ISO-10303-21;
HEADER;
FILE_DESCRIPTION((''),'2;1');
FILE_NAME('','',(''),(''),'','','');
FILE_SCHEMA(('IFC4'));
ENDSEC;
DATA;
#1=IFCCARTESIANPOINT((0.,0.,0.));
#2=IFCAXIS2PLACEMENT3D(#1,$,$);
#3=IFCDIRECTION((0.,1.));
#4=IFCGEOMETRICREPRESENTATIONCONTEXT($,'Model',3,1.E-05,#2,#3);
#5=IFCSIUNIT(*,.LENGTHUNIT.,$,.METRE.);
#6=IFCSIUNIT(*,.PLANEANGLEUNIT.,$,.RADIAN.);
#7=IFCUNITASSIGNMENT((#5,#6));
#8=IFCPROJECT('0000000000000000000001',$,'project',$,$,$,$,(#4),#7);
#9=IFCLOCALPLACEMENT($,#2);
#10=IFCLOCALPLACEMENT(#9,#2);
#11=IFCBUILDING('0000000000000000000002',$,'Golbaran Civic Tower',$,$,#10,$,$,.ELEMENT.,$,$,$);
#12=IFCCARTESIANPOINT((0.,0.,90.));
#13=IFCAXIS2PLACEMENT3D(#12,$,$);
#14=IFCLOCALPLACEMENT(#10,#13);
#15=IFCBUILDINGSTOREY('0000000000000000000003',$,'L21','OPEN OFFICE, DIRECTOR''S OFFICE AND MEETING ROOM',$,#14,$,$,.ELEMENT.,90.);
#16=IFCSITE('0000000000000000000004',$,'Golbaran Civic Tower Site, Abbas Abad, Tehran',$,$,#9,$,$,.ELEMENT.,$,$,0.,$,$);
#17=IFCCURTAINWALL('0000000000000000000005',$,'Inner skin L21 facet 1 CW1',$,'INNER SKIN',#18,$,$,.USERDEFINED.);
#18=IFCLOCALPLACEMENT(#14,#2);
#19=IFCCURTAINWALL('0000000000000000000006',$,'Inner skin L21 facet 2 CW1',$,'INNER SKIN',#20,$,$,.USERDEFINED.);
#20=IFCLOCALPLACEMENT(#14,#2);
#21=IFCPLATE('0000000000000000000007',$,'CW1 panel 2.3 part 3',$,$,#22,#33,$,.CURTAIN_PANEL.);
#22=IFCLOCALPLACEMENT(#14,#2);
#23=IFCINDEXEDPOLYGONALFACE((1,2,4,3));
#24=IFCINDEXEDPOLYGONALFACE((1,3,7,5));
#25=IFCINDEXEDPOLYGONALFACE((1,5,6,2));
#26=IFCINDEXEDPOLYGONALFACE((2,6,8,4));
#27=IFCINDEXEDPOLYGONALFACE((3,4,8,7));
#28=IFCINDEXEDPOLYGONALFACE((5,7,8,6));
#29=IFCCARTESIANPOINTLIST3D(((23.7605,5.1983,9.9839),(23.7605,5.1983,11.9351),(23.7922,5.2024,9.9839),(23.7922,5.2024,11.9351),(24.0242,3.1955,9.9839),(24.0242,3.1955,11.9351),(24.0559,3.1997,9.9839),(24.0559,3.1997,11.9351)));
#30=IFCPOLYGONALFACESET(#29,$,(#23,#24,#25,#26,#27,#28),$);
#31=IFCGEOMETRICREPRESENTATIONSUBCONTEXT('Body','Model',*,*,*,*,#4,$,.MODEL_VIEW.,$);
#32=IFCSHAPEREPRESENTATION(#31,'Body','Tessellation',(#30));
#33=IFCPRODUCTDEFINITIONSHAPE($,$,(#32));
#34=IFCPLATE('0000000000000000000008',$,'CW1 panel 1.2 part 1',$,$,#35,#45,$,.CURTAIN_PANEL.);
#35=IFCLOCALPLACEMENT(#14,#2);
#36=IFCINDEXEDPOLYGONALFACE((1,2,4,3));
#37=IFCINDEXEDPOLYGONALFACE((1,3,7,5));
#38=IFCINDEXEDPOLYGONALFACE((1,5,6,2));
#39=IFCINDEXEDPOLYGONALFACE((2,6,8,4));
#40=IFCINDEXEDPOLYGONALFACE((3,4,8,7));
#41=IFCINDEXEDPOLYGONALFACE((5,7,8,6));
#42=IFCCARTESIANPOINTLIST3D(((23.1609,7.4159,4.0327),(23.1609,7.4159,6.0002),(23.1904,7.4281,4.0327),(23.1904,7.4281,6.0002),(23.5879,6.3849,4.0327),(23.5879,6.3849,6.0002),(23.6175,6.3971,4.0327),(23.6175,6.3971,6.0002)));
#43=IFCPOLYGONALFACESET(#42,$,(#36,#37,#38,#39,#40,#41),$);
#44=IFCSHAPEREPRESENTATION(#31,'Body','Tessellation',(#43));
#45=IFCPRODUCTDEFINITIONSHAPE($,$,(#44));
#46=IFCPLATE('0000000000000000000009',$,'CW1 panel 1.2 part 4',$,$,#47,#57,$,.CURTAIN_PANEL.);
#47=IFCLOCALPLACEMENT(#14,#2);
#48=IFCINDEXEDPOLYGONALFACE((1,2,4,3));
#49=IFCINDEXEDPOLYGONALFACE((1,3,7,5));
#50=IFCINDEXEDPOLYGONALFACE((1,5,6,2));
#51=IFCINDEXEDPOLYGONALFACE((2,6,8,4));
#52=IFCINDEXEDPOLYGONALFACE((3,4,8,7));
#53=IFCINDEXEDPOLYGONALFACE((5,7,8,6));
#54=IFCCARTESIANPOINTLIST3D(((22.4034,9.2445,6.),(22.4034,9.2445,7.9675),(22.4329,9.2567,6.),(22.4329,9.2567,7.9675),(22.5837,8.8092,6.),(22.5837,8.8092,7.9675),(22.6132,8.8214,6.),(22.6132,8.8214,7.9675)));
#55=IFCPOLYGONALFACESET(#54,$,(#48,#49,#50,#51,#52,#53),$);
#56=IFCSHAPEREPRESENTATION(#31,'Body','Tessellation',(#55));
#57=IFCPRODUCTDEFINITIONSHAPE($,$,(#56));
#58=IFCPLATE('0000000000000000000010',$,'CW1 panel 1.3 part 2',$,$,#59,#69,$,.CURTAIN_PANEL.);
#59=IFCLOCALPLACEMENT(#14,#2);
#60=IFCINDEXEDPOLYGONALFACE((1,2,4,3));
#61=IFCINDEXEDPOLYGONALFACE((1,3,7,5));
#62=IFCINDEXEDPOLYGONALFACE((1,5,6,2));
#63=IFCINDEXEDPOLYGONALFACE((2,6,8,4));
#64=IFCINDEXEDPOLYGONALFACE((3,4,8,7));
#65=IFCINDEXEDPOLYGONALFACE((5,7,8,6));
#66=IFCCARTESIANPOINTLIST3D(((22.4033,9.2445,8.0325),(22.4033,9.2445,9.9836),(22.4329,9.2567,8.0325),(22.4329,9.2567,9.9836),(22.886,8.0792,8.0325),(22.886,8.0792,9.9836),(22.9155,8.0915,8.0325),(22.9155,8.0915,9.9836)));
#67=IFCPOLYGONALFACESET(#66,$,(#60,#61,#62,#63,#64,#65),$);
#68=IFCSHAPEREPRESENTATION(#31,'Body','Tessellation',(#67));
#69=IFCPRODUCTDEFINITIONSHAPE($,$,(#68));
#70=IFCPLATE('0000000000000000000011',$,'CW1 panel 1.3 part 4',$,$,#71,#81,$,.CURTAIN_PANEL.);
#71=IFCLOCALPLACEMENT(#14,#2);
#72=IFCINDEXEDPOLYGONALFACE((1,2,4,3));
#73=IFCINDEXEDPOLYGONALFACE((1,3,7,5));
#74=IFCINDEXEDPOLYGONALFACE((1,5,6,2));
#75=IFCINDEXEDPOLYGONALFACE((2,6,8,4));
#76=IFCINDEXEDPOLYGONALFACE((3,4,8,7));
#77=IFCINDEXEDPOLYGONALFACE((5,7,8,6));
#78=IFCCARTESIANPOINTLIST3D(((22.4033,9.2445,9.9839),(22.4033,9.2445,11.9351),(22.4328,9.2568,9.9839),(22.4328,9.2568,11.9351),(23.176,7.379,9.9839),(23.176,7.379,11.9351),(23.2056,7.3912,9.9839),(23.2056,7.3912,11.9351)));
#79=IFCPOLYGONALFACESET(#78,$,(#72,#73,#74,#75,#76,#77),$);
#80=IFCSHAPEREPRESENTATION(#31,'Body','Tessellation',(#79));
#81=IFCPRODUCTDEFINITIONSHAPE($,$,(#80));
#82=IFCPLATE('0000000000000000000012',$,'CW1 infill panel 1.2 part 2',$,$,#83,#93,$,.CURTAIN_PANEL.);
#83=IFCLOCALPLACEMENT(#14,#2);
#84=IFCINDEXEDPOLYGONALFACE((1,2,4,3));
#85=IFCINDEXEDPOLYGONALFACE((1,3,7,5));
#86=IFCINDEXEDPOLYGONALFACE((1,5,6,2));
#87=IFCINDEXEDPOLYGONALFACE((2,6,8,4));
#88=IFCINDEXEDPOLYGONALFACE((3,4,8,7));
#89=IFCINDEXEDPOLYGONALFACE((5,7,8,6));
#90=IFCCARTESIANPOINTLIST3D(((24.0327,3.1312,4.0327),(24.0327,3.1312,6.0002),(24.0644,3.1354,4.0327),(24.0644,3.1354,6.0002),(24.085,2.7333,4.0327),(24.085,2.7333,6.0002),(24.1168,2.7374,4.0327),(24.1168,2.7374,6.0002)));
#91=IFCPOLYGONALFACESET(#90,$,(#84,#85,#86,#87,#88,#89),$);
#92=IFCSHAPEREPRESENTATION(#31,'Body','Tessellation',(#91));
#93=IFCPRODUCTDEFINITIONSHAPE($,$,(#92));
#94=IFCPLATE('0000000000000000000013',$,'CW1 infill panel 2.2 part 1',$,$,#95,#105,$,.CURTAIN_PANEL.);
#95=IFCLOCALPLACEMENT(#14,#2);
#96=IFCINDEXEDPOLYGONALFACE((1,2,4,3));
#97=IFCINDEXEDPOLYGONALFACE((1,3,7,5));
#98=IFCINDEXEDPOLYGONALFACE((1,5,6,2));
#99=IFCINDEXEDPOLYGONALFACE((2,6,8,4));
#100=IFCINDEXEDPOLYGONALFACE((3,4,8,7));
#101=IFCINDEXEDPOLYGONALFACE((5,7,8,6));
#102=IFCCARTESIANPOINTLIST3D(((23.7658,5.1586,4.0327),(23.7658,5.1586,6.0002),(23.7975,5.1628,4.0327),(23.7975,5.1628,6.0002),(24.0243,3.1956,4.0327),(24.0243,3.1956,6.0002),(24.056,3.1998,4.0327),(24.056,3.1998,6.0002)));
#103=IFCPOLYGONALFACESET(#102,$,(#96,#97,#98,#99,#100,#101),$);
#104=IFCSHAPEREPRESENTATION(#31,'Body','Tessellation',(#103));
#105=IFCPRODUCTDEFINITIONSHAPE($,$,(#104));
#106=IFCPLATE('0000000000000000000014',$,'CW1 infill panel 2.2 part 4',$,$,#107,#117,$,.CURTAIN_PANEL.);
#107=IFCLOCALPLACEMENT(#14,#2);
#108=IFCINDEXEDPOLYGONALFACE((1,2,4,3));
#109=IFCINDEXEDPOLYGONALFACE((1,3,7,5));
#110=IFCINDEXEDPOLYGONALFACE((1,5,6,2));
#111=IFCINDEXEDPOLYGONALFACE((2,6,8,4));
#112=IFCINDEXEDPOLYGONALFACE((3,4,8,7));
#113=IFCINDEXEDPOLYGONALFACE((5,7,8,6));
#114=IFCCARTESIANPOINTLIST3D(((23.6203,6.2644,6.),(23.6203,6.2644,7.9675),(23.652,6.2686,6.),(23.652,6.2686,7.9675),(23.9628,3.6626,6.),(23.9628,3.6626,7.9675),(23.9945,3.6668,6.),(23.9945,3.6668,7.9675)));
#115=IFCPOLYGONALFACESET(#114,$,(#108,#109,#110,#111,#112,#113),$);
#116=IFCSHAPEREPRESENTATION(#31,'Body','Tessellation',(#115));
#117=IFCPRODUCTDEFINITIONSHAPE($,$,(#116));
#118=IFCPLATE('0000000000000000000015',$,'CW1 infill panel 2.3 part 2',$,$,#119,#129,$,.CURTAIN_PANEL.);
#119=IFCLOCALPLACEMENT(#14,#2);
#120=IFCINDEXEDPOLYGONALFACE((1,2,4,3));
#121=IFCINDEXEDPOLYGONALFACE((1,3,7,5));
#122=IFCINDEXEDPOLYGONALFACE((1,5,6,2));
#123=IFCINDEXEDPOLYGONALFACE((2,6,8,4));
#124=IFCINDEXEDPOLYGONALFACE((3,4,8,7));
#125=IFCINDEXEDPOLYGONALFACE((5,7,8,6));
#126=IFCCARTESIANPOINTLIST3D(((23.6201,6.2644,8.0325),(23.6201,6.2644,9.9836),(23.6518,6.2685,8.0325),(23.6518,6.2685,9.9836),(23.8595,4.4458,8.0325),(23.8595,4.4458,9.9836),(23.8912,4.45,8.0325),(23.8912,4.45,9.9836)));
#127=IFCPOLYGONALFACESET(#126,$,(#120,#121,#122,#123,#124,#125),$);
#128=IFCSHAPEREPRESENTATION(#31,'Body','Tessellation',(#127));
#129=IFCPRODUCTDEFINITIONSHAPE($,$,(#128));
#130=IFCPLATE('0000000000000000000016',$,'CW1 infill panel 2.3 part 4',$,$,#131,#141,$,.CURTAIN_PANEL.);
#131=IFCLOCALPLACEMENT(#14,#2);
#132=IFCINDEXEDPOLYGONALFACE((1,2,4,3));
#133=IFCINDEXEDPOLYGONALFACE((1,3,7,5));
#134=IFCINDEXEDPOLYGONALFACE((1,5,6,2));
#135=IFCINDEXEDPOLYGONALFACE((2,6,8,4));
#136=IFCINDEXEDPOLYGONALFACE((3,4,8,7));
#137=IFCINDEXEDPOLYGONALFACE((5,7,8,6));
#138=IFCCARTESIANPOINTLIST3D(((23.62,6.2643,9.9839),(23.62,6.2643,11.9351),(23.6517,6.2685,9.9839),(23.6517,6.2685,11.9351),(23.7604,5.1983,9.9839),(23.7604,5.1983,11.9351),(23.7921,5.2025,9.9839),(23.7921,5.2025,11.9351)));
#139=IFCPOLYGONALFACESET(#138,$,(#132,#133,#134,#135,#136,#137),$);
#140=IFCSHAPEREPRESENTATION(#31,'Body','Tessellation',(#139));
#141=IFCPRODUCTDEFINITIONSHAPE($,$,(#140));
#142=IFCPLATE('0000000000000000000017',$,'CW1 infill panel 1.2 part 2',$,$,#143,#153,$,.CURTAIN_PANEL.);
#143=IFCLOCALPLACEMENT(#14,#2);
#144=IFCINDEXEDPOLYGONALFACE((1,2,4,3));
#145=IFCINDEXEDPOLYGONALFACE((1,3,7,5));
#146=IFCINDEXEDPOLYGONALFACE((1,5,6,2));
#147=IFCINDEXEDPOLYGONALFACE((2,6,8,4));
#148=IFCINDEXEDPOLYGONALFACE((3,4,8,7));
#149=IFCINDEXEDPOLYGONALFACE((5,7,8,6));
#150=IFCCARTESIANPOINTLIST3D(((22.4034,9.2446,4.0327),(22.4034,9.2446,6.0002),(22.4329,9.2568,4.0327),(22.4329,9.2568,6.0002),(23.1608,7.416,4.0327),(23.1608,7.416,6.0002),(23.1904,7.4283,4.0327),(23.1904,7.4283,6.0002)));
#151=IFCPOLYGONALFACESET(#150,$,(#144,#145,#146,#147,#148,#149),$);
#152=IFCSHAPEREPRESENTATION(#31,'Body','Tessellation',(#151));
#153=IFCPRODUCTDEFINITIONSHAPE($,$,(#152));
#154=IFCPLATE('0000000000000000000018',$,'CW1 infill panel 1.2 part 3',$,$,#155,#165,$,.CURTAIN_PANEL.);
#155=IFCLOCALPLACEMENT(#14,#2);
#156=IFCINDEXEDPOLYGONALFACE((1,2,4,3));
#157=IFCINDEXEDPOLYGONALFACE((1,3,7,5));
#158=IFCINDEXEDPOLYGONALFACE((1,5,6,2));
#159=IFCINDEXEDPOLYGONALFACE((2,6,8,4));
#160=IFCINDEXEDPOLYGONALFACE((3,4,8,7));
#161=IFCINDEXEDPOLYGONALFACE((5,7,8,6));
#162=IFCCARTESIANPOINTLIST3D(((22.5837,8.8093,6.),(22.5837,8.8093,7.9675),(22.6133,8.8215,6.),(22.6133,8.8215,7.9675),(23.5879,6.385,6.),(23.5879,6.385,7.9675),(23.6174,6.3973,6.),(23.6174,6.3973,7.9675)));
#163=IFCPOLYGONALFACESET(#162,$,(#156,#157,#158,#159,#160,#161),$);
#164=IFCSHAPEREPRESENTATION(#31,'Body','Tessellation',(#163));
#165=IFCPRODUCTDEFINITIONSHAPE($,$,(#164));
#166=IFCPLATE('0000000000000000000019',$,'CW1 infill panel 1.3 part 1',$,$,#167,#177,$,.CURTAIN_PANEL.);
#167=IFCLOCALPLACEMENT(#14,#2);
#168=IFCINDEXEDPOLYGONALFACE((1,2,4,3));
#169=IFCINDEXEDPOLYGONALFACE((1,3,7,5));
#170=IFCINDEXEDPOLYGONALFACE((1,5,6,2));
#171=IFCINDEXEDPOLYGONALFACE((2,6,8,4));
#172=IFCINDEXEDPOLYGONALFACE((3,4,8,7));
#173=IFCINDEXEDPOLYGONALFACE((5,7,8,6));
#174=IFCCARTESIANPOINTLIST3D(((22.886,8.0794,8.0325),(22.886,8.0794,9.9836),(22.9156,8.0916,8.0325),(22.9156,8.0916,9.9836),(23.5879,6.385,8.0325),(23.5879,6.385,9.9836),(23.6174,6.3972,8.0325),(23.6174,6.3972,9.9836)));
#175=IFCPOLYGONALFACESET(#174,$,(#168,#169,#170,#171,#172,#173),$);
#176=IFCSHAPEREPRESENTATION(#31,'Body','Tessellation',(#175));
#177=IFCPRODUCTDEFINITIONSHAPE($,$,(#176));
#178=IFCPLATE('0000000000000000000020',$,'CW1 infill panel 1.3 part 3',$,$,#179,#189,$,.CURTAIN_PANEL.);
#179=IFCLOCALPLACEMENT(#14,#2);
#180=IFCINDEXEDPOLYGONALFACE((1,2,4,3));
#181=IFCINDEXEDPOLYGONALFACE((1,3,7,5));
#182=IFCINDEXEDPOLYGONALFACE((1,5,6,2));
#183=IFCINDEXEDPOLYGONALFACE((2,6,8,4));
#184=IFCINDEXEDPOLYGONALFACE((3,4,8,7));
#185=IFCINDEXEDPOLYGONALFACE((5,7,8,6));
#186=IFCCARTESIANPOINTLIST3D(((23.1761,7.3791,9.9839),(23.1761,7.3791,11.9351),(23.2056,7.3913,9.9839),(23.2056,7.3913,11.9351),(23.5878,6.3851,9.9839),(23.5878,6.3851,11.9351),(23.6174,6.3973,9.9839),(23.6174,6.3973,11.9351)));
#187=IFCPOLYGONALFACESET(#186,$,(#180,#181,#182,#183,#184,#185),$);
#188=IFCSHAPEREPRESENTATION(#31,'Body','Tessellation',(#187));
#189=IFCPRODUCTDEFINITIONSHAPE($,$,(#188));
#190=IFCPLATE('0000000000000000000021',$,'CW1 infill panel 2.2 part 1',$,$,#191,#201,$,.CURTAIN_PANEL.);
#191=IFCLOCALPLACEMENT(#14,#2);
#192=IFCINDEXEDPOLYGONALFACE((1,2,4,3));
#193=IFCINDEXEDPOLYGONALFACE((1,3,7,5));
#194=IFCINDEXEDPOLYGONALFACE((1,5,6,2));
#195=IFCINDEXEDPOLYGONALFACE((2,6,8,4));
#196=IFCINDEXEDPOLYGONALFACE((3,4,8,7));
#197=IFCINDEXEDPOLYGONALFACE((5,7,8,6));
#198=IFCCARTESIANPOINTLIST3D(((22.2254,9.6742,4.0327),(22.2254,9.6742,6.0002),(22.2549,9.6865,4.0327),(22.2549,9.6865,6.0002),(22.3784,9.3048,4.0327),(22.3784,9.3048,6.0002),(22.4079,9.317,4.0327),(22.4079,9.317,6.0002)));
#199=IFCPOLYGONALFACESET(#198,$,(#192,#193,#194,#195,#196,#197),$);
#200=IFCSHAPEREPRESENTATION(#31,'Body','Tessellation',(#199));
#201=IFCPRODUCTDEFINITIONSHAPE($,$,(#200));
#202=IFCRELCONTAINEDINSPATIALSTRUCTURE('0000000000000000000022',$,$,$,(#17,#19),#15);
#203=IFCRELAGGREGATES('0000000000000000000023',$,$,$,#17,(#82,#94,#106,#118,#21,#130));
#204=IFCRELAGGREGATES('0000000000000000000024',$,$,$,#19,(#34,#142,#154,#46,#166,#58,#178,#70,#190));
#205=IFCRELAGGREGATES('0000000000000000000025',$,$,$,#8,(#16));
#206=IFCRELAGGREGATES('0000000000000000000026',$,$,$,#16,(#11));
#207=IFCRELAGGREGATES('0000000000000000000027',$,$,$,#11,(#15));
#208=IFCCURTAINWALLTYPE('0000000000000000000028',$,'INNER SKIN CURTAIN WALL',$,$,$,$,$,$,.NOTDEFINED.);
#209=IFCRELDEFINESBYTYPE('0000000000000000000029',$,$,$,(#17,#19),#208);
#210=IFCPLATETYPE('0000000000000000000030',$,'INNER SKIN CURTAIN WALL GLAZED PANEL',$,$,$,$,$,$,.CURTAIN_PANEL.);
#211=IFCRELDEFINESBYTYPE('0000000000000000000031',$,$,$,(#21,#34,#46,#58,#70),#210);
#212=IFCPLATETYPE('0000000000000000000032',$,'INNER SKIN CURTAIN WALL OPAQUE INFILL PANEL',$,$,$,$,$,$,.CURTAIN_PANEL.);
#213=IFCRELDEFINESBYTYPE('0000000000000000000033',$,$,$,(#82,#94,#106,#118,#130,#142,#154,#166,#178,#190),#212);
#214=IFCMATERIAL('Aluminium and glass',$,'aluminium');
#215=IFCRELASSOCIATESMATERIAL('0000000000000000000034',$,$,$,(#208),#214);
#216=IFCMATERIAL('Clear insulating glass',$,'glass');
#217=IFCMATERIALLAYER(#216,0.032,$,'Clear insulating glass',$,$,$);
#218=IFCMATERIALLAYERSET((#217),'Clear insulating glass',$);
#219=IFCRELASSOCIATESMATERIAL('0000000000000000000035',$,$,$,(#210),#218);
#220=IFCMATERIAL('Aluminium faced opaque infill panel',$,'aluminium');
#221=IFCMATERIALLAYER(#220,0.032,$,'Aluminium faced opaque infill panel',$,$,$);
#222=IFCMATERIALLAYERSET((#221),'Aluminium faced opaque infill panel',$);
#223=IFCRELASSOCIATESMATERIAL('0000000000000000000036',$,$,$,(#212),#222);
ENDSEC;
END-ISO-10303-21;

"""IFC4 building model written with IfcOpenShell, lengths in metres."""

from ifc_helpers import new_model, si_unit, direction, frame, origin, origin_2d, place, context, subcontext, project, spatial, rectangle, extrude, material, layer, layer_set, type_object, element, aggregate, save


model = new_model("IFC4")

# Units and contexts
model_context = context("Model", 3, precision=1e-05, world=origin(), true_north=direction((0.0, 1.0)))
body_context = subcontext(model_context, "Body", "Model", "MODEL_VIEW")
ifc_project = project(units=[si_unit("LENGTHUNIT", "METRE"), si_unit("PLANEANGLEUNIT", "RADIAN")], contexts=[model_context])

# Site, building, storey
site_placement = place(None, origin())
site = spatial("IfcSite", under=ifc_project, at=site_placement, Name="Golbaran Civic Tower Site, Abbas Abad, Tehran", CompositionType="ELEMENT", RefElevation=0.0)
building_placement = place(site_placement, origin())
building = spatial("IfcBuilding", under=site, at=building_placement, Name="Golbaran Civic Tower", CompositionType="ELEMENT")
storey_placement = place(building_placement, frame((0.0, 0.0, 90.0)))
storey = spatial("IfcBuildingStorey", under=building, at=storey_placement, Name="L21", Description="OPEN OFFICE, DIRECTOR'S OFFICE AND MEETING ROOM", CompositionType="ELEMENT", Elevation=90.0)

# Curtain walls
ifc_material_1 = material(Name="Aluminium and glass", Category="aluminium")
curtain_wall_type = type_object("IfcCurtainWallType", Name="INNER SKIN CURTAIN WALL", PredefinedType="NOTDEFINED", material=ifc_material_1)
curtain_wall_1_placement = place(storey_placement, origin())
curtain_wall_1 = element("IfcCurtainWall", 1, at=curtain_wall_1_placement, inside=storey, type_object=curtain_wall_type, Name="Inner skin L21 facet 1 CW1", ObjectType="INNER SKIN", PredefinedType="USERDEFINED")
curtain_wall_2_placement = place(storey_placement, origin())
curtain_wall_2 = element("IfcCurtainWall", 2, at=curtain_wall_2_placement, inside=storey, type_object=curtain_wall_type, Name="Inner skin L21 facet 2 CW1", ObjectType="INNER SKIN", PredefinedType="USERDEFINED")

# Plates
ifc_material_2 = material(Name="Clear insulating glass", Category="glass")
ifc_layer_1 = layer(ifc_material_2, 0.032, Name="Clear insulating glass")
ifc_layer_set_1 = layer_set([ifc_layer_1], Name="Clear insulating glass")
plate_type_1 = type_object("IfcPlateType", Name="INNER SKIN CURTAIN WALL GLAZED PANEL", PredefinedType="CURTAIN_PANEL", material=ifc_layer_set_1)
plate_1_placement = place(storey_placement, frame((23.9082, 4.199, 9.9839), z_axis=(0.0, 0.0, 1.0), x_axis=(-0.130526, 0.991445, 0.0)))
plate_1 = element("IfcPlate", 3, at=plate_1_placement, type_object=plate_type_1, Name="CW1 panel 2.3 part 3", PredefinedType="CURTAIN_PANEL", context=body_context, shape_type="SweptSolid", body=[
    extrude(rectangle(XDim=2.02, YDim=0.032, at=origin_2d()), origin(), (0.0, 0.0, 1.0), 1.9512),
])
plate_2_placement = place(storey_placement, frame((23.3892, 6.9065, 4.0327), z_axis=(0.0, 0.0, 1.0), x_axis=(-0.382683, 0.92388, 0.0)))
plate_2 = element("IfcPlate", 4, at=plate_2_placement, type_object=plate_type_1, Name="CW1 panel 1.2 part 1", PredefinedType="CURTAIN_PANEL", context=body_context, shape_type="SweptSolid", body=[
    extrude(rectangle(XDim=1.116, YDim=0.032, at=origin_2d()), origin(), (0.0, 0.0, 1.0), 1.9675),
])
plate_3_placement = place(storey_placement, frame((22.5083, 9.033, 6.0), z_axis=(0.0, 0.0, 1.0), x_axis=(-0.382683, 0.92388, 0.0)))
plate_3 = element("IfcPlate", 5, at=plate_3_placement, type_object=plate_type_1, Name="CW1 panel 1.2 part 4", PredefinedType="CURTAIN_PANEL", context=body_context, shape_type="SweptSolid", body=[
    extrude(rectangle(XDim=0.4712, YDim=0.032, at=origin_2d()), origin(), (0.0, 0.0, 1.0), 1.9675),
])
plate_4_placement = place(storey_placement, frame((22.6594, 8.668, 8.0325), z_axis=(0.0, 0.0, 1.0), x_axis=(-0.382683, 0.92388, 0.0)))
plate_4 = element("IfcPlate", 6, at=plate_4_placement, type_object=plate_type_1, Name="CW1 panel 1.3 part 2", PredefinedType="CURTAIN_PANEL", context=body_context, shape_type="SweptSolid", body=[
    extrude(rectangle(XDim=1.2612, YDim=0.032, at=origin_2d()), origin(), (0.0, 0.0, 1.0), 1.9512),
])
plate_5_placement = place(storey_placement, frame((22.8044, 8.3179, 9.9839), z_axis=(0.0, 0.0, 1.0), x_axis=(-0.382683, 0.92388, 0.0)))
plate_5 = element("IfcPlate", 7, at=plate_5_placement, type_object=plate_type_1, Name="CW1 panel 1.3 part 4", PredefinedType="CURTAIN_PANEL", context=body_context, shape_type="SweptSolid", body=[
    extrude(rectangle(XDim=2.0193, YDim=0.032, at=origin_2d()), origin(), (0.0, 0.0, 1.0), 1.9512),
])
ifc_material_3 = material(Name="Aluminium faced opaque infill panel", Category="aluminium")
ifc_layer_2 = layer(ifc_material_3, 0.032, Name="Aluminium faced opaque infill panel")
ifc_layer_set_2 = layer_set([ifc_layer_2], Name="Aluminium faced opaque infill panel")
plate_type_2 = type_object("IfcPlateType", Name="INNER SKIN CURTAIN WALL OPAQUE INFILL PANEL", PredefinedType="CURTAIN_PANEL", material=ifc_layer_set_2)
plate_6_placement = place(storey_placement, frame((24.0747, 2.9343, 4.0327), z_axis=(0.0, 0.0, 1.0), x_axis=(-0.130526, 0.991445, 0.0)))
plate_6 = element("IfcPlate", 8, at=plate_6_placement, type_object=plate_type_2, Name="CW1 infill panel 1.2 part 2", PredefinedType="CURTAIN_PANEL", context=body_context, shape_type="SweptSolid", body=[
    extrude(rectangle(XDim=0.4014, YDim=0.032, at=origin_2d()), origin(), (0.0, 0.0, 1.0), 1.9675),
])
plate_7_placement = place(storey_placement, frame((23.9109, 4.1792, 4.0327), z_axis=(0.0, 0.0, 1.0), x_axis=(-0.130526, 0.991445, 0.0)))
plate_7 = element("IfcPlate", 9, at=plate_7_placement, type_object=plate_type_2, Name="CW1 infill panel 2.2 part 1", PredefinedType="CURTAIN_PANEL", context=body_context, shape_type="SweptSolid", body=[
    extrude(rectangle(XDim=1.98, YDim=0.032, at=origin_2d()), origin(), (0.0, 0.0, 1.0), 1.9675),
])
plate_8_placement = place(storey_placement, frame((23.8074, 4.9656, 6.0), z_axis=(0.0, 0.0, 1.0), x_axis=(-0.130526, 0.991445, 0.0)))
plate_8 = element("IfcPlate", 10, at=plate_8_placement, type_object=plate_type_2, Name="CW1 infill panel 2.2 part 4", PredefinedType="CURTAIN_PANEL", context=body_context, shape_type="SweptSolid", body=[
    extrude(rectangle(XDim=2.6243, YDim=0.032, at=origin_2d()), origin(), (0.0, 0.0, 1.0), 1.9675),
])
plate_9_placement = place(storey_placement, frame((23.7556, 5.3572, 8.0325), z_axis=(0.0, 0.0, 1.0), x_axis=(-0.130526, 0.991445, 0.0)))
plate_9 = element("IfcPlate", 11, at=plate_9_placement, type_object=plate_type_2, Name="CW1 infill panel 2.3 part 2", PredefinedType="CURTAIN_PANEL", context=body_context, shape_type="SweptSolid", body=[
    extrude(rectangle(XDim=1.8342, YDim=0.032, at=origin_2d()), origin(), (0.0, 0.0, 1.0), 1.9512),
])
plate_10_placement = place(storey_placement, frame((23.7061, 5.7334, 9.9839), z_axis=(0.0, 0.0, 1.0), x_axis=(-0.130526, 0.991445, 0.0)))
plate_10 = element("IfcPlate", 12, at=plate_10_placement, type_object=plate_type_2, Name="CW1 infill panel 2.3 part 4", PredefinedType="CURTAIN_PANEL", context=body_context, shape_type="SweptSolid", body=[
    extrude(rectangle(XDim=1.0752, YDim=0.032, at=origin_2d()), origin(), (0.0, 0.0, 1.0), 1.9512),
])
aggregate(curtain_wall_1, [plate_6, plate_7, plate_8, plate_9, plate_1, plate_10])
plate_11_placement = place(storey_placement, frame((22.7969, 8.3364, 4.0327), z_axis=(0.0, 0.0, 1.0), x_axis=(-0.382683, 0.92388, 0.0)))
plate_11 = element("IfcPlate", 13, at=plate_11_placement, type_object=plate_type_2, Name="CW1 infill panel 1.2 part 2", PredefinedType="CURTAIN_PANEL", context=body_context, shape_type="SweptSolid", body=[
    extrude(rectangle(XDim=1.9792, YDim=0.032, at=origin_2d()), origin(), (0.0, 0.0, 1.0), 1.9675),
])
plate_12_placement = place(storey_placement, frame((23.1006, 7.6033, 6.0), z_axis=(0.0, 0.0, 1.0), x_axis=(-0.382683, 0.92388, 0.0)))
plate_12 = element("IfcPlate", 14, at=plate_12_placement, type_object=plate_type_2, Name="CW1 infill panel 1.2 part 3", PredefinedType="CURTAIN_PANEL", context=body_context, shape_type="SweptSolid", body=[
    extrude(rectangle(XDim=2.624, YDim=0.032, at=origin_2d()), origin(), (0.0, 0.0, 1.0), 1.9675),
])
plate_13_placement = place(storey_placement, frame((23.2517, 7.2383, 8.0325), z_axis=(0.0, 0.0, 1.0), x_axis=(-0.382683, 0.92388, 0.0)))
plate_13 = element("IfcPlate", 15, at=plate_13_placement, type_object=plate_type_2, Name="CW1 infill panel 1.3 part 1", PredefinedType="CURTAIN_PANEL", context=body_context, shape_type="SweptSolid", body=[
    extrude(rectangle(XDim=1.834, YDim=0.032, at=origin_2d()), origin(), (0.0, 0.0, 1.0), 1.9512),
])
plate_14_placement = place(storey_placement, frame((23.3967, 6.8882, 9.9839), z_axis=(0.0, 0.0, 1.0), x_axis=(-0.382683, 0.92388, 0.0)))
plate_14 = element("IfcPlate", 16, at=plate_14_placement, type_object=plate_type_2, Name="CW1 infill panel 1.3 part 3", PredefinedType="CURTAIN_PANEL", context=body_context, shape_type="SweptSolid", body=[
    extrude(rectangle(XDim=1.0759, YDim=0.032, at=origin_2d()), origin(), (0.0, 0.0, 1.0), 1.9512),
])
plate_15_placement = place(storey_placement, frame((22.3167, 9.4956, 4.0327), z_axis=(0.0, 0.0, 1.0), x_axis=(-0.382683, 0.92388, 0.0)))
plate_15 = element("IfcPlate", 17, at=plate_15_placement, type_object=plate_type_2, Name="CW1 infill panel 2.2 part 1", PredefinedType="CURTAIN_PANEL", context=body_context, shape_type="SweptSolid", body=[
    extrude(rectangle(XDim=0.3999, YDim=0.032, at=origin_2d()), origin(), (0.0, 0.0, 1.0), 1.9675),
])
aggregate(curtain_wall_2, [plate_2, plate_11, plate_12, plate_3, plate_13, plate_4, plate_14, plate_5, plate_15])

save(model, "model.ifc")
